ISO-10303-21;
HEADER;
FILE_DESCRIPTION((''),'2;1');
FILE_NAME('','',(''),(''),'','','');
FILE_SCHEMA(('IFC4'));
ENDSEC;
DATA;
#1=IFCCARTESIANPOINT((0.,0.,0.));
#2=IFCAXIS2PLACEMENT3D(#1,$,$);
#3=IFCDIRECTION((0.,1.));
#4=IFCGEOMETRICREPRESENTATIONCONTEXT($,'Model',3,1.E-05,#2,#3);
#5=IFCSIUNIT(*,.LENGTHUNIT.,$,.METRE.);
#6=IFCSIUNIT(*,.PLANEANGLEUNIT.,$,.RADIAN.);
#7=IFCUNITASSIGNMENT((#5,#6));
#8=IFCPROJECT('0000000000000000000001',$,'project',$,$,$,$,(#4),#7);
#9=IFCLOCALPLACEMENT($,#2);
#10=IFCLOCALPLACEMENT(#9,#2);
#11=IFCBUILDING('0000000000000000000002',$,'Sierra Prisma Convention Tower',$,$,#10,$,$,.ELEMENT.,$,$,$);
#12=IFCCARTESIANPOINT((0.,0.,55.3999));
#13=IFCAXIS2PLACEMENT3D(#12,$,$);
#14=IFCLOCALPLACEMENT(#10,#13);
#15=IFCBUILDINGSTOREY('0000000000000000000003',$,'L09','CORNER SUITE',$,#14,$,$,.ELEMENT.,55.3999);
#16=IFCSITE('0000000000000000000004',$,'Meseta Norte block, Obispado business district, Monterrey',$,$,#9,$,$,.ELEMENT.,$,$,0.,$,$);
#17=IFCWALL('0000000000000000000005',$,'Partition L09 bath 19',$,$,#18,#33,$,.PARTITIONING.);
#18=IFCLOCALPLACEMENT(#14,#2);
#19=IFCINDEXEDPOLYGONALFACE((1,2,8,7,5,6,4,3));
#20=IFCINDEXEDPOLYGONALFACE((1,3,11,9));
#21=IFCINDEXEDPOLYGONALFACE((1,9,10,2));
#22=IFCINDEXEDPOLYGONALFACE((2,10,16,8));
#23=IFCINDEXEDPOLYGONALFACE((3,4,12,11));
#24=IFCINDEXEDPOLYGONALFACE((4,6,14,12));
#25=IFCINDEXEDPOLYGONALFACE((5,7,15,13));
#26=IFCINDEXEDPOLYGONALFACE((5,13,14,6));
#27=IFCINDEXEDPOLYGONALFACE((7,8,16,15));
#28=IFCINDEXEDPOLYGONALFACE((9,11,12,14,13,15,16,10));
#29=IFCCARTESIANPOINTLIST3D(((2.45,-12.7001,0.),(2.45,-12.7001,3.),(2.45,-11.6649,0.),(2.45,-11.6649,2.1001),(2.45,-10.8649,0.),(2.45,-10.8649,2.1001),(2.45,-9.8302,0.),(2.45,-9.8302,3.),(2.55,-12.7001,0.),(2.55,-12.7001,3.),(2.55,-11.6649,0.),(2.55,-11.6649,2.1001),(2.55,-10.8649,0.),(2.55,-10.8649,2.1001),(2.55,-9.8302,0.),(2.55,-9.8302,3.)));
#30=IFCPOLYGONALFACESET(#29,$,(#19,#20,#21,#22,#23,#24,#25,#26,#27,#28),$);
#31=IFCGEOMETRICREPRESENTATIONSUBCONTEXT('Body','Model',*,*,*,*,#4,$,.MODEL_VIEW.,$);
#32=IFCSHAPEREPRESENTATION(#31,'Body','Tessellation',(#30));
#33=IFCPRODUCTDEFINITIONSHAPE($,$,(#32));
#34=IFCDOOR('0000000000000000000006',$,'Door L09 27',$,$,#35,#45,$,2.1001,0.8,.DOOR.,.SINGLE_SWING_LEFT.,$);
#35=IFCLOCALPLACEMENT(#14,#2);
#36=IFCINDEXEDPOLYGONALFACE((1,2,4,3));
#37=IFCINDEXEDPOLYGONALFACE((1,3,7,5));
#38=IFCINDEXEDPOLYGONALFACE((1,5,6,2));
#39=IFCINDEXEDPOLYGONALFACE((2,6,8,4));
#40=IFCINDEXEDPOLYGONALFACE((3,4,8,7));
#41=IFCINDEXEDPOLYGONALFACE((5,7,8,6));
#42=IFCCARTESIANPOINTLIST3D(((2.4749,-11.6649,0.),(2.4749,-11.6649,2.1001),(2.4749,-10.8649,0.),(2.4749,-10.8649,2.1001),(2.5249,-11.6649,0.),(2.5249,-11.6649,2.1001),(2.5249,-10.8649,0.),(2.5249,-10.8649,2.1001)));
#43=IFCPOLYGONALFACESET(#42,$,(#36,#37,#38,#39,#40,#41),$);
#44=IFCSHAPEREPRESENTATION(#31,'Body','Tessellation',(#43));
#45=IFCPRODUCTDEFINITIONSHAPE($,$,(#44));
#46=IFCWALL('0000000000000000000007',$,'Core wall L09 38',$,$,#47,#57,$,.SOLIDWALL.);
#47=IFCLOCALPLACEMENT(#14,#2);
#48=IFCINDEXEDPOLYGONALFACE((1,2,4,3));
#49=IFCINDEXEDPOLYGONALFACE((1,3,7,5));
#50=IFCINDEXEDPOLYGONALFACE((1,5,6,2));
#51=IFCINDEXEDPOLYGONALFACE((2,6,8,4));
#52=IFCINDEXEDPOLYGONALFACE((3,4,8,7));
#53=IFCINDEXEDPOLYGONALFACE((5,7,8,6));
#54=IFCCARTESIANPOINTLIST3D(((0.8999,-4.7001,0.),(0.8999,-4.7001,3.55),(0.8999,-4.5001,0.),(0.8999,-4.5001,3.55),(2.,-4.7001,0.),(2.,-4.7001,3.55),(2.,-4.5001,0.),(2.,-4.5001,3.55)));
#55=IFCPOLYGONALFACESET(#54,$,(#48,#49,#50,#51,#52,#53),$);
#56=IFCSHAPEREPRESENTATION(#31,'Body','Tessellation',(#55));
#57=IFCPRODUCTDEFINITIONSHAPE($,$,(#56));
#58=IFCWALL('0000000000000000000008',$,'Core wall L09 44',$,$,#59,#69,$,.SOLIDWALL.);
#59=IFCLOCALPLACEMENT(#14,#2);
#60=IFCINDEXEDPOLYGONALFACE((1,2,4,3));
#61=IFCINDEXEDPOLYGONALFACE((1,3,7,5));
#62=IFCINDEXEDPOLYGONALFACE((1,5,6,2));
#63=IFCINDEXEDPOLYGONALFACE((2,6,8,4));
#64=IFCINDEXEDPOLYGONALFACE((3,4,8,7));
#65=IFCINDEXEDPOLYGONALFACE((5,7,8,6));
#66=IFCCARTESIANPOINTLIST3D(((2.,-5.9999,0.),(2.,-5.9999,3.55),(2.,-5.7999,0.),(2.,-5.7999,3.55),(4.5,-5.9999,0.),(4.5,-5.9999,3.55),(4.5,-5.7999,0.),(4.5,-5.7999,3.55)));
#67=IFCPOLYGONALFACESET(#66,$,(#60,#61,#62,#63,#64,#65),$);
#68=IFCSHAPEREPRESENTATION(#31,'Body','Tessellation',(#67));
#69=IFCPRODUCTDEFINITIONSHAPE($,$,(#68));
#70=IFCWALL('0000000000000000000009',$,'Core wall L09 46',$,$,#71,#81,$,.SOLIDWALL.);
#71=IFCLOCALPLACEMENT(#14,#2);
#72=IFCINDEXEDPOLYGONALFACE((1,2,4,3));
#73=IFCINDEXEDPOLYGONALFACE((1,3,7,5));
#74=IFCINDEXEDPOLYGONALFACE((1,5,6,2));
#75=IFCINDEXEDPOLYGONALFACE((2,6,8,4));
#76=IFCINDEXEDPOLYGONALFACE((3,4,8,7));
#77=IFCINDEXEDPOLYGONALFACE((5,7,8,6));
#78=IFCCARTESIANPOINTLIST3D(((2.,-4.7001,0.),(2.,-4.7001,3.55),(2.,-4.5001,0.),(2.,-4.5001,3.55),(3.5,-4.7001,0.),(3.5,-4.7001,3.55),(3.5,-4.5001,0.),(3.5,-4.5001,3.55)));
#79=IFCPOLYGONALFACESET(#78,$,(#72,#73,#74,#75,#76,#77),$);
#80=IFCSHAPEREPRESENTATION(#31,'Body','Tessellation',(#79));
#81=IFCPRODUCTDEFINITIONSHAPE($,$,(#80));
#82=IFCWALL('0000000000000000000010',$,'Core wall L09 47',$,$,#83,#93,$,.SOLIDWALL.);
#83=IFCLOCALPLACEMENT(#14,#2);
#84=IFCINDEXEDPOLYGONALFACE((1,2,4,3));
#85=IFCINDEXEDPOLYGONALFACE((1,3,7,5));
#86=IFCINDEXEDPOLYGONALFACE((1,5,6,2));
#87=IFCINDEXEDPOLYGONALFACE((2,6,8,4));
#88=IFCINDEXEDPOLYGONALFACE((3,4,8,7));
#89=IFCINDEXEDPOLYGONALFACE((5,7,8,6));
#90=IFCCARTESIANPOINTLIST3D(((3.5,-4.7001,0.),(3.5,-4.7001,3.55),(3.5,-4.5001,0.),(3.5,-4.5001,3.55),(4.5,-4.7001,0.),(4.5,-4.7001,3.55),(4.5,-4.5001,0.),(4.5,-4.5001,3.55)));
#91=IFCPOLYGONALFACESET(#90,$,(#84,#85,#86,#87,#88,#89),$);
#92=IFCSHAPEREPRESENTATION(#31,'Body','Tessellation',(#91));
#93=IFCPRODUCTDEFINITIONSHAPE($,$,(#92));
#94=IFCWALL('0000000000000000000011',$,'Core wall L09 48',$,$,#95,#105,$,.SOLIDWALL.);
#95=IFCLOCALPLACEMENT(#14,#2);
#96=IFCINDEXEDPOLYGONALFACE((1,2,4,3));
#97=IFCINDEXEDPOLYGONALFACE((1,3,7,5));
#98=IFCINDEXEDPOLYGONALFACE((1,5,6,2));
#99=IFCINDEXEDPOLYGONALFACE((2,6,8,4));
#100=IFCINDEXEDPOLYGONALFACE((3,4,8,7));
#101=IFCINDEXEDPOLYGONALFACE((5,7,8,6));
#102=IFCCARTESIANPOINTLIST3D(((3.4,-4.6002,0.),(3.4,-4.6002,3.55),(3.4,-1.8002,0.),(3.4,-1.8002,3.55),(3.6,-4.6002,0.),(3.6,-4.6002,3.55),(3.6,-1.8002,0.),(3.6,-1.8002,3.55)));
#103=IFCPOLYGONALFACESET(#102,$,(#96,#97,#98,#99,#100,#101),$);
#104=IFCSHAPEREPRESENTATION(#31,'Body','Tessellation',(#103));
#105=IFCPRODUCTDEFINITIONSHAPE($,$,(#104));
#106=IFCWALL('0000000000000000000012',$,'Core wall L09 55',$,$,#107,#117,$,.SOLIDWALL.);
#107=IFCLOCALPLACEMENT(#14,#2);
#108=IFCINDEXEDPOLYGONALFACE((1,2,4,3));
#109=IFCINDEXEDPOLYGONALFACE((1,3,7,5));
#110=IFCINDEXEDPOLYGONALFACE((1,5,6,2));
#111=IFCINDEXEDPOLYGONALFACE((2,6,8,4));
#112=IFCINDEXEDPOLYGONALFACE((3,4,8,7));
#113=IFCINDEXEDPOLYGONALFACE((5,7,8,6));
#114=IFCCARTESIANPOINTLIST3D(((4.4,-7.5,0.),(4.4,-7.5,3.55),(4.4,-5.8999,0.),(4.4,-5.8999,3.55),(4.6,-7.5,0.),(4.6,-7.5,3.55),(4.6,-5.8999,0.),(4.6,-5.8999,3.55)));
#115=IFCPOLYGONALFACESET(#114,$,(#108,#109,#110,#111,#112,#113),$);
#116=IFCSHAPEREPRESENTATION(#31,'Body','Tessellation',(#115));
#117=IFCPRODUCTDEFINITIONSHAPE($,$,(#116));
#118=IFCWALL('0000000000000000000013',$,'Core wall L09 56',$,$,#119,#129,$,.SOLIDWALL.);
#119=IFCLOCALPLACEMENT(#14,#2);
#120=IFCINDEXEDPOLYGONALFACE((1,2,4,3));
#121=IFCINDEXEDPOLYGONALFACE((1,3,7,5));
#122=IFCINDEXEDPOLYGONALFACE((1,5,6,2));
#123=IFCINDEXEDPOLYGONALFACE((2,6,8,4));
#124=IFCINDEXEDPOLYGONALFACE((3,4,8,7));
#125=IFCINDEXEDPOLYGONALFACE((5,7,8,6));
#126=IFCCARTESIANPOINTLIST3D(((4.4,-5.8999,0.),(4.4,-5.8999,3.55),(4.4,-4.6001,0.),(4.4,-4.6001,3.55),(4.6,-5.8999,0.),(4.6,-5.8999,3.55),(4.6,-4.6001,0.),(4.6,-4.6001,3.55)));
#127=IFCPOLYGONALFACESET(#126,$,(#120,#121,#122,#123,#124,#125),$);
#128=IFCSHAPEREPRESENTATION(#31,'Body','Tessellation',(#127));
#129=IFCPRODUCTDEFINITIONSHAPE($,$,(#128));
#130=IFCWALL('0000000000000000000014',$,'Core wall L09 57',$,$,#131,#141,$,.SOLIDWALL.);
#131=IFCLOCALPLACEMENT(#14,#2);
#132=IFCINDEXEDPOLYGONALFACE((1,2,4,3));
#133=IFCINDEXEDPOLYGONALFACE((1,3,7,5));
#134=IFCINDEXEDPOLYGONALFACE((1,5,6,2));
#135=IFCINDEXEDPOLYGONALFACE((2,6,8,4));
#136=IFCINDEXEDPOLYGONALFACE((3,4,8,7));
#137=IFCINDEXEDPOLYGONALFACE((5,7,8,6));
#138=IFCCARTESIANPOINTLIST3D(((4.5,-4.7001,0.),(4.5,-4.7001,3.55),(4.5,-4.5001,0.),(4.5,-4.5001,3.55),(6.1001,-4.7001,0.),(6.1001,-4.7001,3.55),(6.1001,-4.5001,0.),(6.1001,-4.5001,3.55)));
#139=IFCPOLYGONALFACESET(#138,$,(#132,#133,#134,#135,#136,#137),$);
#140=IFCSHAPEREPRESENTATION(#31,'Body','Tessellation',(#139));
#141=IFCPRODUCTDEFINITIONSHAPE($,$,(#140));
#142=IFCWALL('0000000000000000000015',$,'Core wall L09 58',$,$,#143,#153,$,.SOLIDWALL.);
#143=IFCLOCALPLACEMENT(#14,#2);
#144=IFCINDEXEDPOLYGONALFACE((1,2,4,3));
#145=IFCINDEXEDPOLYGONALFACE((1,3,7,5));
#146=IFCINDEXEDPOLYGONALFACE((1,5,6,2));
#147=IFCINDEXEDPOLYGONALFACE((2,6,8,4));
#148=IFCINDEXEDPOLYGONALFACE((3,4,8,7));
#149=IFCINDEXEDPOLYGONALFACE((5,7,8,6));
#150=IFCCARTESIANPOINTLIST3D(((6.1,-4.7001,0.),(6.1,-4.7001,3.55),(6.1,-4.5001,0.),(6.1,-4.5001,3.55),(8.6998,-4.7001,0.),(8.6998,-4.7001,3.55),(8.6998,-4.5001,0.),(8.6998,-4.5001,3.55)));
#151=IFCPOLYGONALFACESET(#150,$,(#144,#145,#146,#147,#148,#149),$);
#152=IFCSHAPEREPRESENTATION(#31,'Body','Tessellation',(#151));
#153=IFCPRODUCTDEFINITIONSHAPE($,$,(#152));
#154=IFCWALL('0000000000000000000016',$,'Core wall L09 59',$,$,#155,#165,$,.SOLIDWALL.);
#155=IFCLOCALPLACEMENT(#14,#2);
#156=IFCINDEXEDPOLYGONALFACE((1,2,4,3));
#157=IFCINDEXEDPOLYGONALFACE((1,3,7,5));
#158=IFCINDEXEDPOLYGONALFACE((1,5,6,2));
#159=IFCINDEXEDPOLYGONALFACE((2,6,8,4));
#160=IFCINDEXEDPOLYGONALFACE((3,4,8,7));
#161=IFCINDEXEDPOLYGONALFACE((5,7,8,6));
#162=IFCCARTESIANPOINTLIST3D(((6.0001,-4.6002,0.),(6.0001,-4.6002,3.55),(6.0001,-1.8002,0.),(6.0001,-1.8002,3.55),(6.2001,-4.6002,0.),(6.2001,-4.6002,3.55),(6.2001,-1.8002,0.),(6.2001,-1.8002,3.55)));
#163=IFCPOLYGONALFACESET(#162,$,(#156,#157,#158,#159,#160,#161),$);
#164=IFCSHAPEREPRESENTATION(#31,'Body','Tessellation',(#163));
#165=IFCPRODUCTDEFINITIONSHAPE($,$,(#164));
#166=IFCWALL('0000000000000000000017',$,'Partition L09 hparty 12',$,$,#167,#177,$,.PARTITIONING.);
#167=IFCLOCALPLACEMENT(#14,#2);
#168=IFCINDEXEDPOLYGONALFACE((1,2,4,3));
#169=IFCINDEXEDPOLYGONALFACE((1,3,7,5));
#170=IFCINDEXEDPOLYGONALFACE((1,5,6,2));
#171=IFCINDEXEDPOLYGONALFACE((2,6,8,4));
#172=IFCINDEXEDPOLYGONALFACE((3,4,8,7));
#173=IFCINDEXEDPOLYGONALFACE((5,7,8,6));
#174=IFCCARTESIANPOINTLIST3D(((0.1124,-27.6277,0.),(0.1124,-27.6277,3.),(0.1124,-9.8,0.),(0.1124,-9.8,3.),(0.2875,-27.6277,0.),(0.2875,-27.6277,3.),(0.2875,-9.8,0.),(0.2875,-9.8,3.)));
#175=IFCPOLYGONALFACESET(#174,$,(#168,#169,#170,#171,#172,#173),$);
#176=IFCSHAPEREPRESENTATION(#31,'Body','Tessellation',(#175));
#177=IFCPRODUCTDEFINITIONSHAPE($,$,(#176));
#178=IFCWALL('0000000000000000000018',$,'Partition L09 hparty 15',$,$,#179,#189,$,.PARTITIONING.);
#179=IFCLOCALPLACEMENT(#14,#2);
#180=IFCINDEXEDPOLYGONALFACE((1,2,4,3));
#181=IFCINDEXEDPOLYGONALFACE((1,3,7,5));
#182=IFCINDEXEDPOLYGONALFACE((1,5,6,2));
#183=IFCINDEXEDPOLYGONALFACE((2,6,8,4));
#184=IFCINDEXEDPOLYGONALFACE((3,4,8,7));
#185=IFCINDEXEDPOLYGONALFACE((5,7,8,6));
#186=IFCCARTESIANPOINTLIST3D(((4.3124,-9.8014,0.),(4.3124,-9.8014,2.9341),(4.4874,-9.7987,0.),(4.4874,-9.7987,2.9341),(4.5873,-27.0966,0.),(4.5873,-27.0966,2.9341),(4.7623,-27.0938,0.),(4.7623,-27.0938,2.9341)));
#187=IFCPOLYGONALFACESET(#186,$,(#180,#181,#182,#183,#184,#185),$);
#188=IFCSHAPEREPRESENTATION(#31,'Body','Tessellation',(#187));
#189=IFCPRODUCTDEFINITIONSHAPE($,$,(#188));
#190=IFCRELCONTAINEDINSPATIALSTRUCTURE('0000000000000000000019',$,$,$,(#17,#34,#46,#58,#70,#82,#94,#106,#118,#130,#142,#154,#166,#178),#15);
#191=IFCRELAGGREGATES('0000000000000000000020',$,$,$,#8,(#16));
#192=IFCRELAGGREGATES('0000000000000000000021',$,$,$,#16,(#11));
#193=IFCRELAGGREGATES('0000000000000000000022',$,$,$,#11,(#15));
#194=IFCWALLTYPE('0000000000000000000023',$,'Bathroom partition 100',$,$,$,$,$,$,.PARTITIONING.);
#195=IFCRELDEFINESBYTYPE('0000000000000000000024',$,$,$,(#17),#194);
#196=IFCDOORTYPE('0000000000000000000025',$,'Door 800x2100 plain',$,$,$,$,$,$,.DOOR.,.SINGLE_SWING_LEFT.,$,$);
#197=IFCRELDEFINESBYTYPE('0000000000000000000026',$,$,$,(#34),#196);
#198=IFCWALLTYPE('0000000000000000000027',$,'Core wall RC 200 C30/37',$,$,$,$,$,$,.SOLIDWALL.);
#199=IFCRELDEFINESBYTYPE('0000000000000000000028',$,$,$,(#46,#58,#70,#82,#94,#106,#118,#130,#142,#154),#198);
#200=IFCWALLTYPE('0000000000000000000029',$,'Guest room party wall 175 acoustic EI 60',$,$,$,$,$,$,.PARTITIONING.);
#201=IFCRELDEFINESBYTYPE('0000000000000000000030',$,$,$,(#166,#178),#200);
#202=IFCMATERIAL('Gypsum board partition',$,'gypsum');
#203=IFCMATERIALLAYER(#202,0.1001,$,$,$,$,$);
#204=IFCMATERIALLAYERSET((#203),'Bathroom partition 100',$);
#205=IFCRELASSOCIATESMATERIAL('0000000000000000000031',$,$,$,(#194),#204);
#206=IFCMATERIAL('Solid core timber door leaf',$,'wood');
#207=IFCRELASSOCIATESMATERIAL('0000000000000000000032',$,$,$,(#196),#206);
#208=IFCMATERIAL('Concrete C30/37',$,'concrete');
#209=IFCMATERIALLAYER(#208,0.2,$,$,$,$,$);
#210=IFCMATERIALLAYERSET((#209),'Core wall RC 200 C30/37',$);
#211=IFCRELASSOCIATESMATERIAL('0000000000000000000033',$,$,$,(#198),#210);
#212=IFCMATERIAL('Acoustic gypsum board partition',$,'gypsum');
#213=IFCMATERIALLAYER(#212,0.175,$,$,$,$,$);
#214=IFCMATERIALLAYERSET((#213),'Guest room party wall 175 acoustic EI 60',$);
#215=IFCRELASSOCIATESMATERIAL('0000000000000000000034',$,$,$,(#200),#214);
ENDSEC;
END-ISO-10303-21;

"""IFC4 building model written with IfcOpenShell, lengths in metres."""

from ifc_helpers import new_model, si_unit, direction, frame, frame_2d, origin, place, context, subcontext, project, spatial, rectangle, extrude, material, layer, layer_set, type_object, element, fill, save


model = new_model("IFC4")

# Units and contexts
model_context = context("Model", 3, precision=1e-05, world=origin(), true_north=direction((0.0, 1.0)))
body_context = subcontext(model_context, "Body", "Model", "MODEL_VIEW")
ifc_project = project(units=[si_unit("LENGTHUNIT", "METRE"), si_unit("PLANEANGLEUNIT", "RADIAN")], contexts=[model_context])

# Site, building, storey
site_placement = place(None, origin())
site = spatial("IfcSite", under=ifc_project, at=site_placement, Name="Meseta Norte block, Obispado business district, Monterrey", CompositionType="ELEMENT", RefElevation=0.0)
building_placement = place(site_placement, origin())
building = spatial("IfcBuilding", under=site, at=building_placement, Name="Sierra Prisma Convention Tower", CompositionType="ELEMENT")
storey_placement = place(building_placement, frame((0.0, 0.0, 55.3999)))
storey = spatial("IfcBuildingStorey", under=building, at=storey_placement, Name="L09", Description="CORNER SUITE", CompositionType="ELEMENT", Elevation=55.3999)

# Wall, opening, door
ifc_material_1 = material(Name="Gypsum board partition", Category="gypsum")
ifc_layer_1 = layer(ifc_material_1, 0.1001)
ifc_layer_set_1 = layer_set([ifc_layer_1], Name="Bathroom partition 100")
wall_type_1 = type_object("IfcWallType", Name="Bathroom partition 100", PredefinedType="PARTITIONING", material=ifc_layer_set_1)
wall_1_placement = place(storey_placement, frame((2.5, -9.8301, 0.0), z_axis=(0.0, 0.0, 1.0), x_axis=(0.0, -1.0, 0.0)))
wall_1 = element("IfcWall", 1, at=wall_1_placement, inside=storey, type_object=wall_type_1, Name="Partition L09 bath 19", PredefinedType="PARTITIONING", context=body_context, shape_type="SweptSolid", body=[
    extrude(rectangle(XDim=2.8699, YDim=0.1001, at=frame_2d((1.4351, 0.0))), origin(), (0.0, 0.0, 1.0), 3.0),
])
opening_1_placement = place(wall_1_placement, frame((1.0349, 0.0, 0.0)))
opening_1 = element("IfcOpeningElement", 2, at=opening_1_placement, cuts=wall_1, PredefinedType="OPENING", context=body_context, shape_type="SweptSolid", body=[
    extrude(rectangle(XDim=0.8, YDim=2.1001, at=frame_2d((0.3999, 1.05))), frame((0.0, 0.05, 0.0), z_axis=(0.0, -1.0, 0.0), x_axis=(1.0, 0.0, 0.0)), (0.0, 0.0, 1.0), 0.1001),
])
ifc_material_2 = material(Name="Solid core timber door leaf", Category="wood")
door_type_1 = type_object("IfcDoorType", Name="Door 800x2100 plain", OperationType="SINGLE_SWING_LEFT", PredefinedType="DOOR", material=ifc_material_2)
door_1_placement = place(opening_1_placement, origin())
door_1 = element("IfcDoor", 3, at=door_1_placement, inside=storey, type_object=door_type_1, Name="Door L09 27", OperationType="SINGLE_SWING_LEFT", OverallHeight=2.1001, OverallWidth=0.8, PredefinedType="DOOR", context=body_context, shape_type="SweptSolid", body=[
    extrude(rectangle(XDim=0.8, YDim=2.1001, at=frame_2d((0.3999, 1.05))), frame((0.0, 0.0249, 0.0), z_axis=(0.0, -1.0, 0.0), x_axis=(1.0, 0.0, 0.0)), (0.0, 0.0, 1.0), 0.05),
])
fill(opening_1, door_1)

# Wall
ifc_material_3 = material(Name="Concrete C30/37", Category="concrete")
ifc_layer_2 = layer(ifc_material_3, 0.2)
ifc_layer_set_2 = layer_set([ifc_layer_2], Name="Core wall RC 200 C30/37")
wall_type_2 = type_object("IfcWallType", Name="Core wall RC 200 C30/37", PredefinedType="SOLIDWALL", material=ifc_layer_set_2)
wall_2_placement = place(storey_placement, frame((0.8999, -4.6001, 0.0), z_axis=(0.0, 0.0, 1.0), x_axis=(1.0, 0.0, 0.0)))
element("IfcWall", 4, at=wall_2_placement, inside=storey, type_object=wall_type_2, Name="Core wall L09 38", PredefinedType="SOLIDWALL", context=body_context, shape_type="SweptSolid", body=[
    extrude(rectangle(XDim=1.1001, YDim=0.2, at=frame_2d((0.55, 0.0))), origin(), (0.0, 0.0, 1.0), 3.55),
])

# Wall
wall_3_placement = place(storey_placement, frame((4.5, -5.8999, 0.0), z_axis=(0.0, 0.0, 1.0), x_axis=(-1.0, 0.0, 0.0)))
element("IfcWall", 5, at=wall_3_placement, inside=storey, type_object=wall_type_2, Name="Core wall L09 44", PredefinedType="SOLIDWALL", context=body_context, shape_type="SweptSolid", body=[
    extrude(rectangle(XDim=2.5, YDim=0.2, at=frame_2d((1.25, 0.0))), origin(), (0.0, 0.0, 1.0), 3.55),
])

# Walls
wall_4_placement = place(storey_placement, frame((3.5, -4.6001, 0.0), z_axis=(0.0, 0.0, 1.0), x_axis=(-1.0, 0.0, 0.0)))
element("IfcWall", 6, at=wall_4_placement, inside=storey, type_object=wall_type_2, Name="Core wall L09 46", PredefinedType="SOLIDWALL", context=body_context, shape_type="SweptSolid", body=[
    extrude(rectangle(XDim=1.5, YDim=0.2, at=frame_2d((0.75, 0.0))), origin(), (0.0, 0.0, 1.0), 3.55),
])
wall_5_placement = place(storey_placement, frame((4.5, -4.6001, 0.0), z_axis=(0.0, 0.0, 1.0), x_axis=(-1.0, 0.0, 0.0)))
element("IfcWall", 7, at=wall_5_placement, inside=storey, type_object=wall_type_2, Name="Core wall L09 47", PredefinedType="SOLIDWALL", context=body_context, shape_type="SweptSolid", body=[
    extrude(rectangle(XDim=1.0, YDim=0.2, at=frame_2d((0.5, 0.0))), origin(), (0.0, 0.0, 1.0), 3.55),
])
wall_6_placement = place(storey_placement, frame((3.5, -4.6001, 0.0), z_axis=(0.0, 0.0, 1.0), x_axis=(0.0, 1.0, 0.0)))
element("IfcWall", 8, at=wall_6_placement, inside=storey, type_object=wall_type_2, Name="Core wall L09 48", PredefinedType="SOLIDWALL", context=body_context, shape_type="SweptSolid", body=[
    extrude(rectangle(XDim=2.8, YDim=0.2, at=frame_2d((1.3999, 0.0))), origin(), (0.0, 0.0, 1.0), 3.55),
])
wall_7_placement = place(storey_placement, frame((4.5, -7.5, 0.0), z_axis=(0.0, 0.0, 1.0), x_axis=(0.0, 1.0, 0.0)))
element("IfcWall", 9, at=wall_7_placement, inside=storey, type_object=wall_type_2, Name="Core wall L09 55", PredefinedType="SOLIDWALL", context=body_context, shape_type="SweptSolid", body=[
    extrude(rectangle(XDim=1.6001, YDim=0.2, at=frame_2d((0.8, 0.0))), origin(), (0.0, 0.0, 1.0), 3.55),
])
wall_8_placement = place(storey_placement, frame((4.5, -5.8999, 0.0), z_axis=(0.0, 0.0, 1.0), x_axis=(0.0, 1.0, 0.0)))
element("IfcWall", 10, at=wall_8_placement, inside=storey, type_object=wall_type_2, Name="Core wall L09 56", PredefinedType="SOLIDWALL", context=body_context, shape_type="SweptSolid", body=[
    extrude(rectangle(XDim=1.2998, YDim=0.2, at=frame_2d((0.6499, 0.0))), origin(), (0.0, 0.0, 1.0), 3.55),
])
wall_9_placement = place(storey_placement, frame((4.5, -4.6001, 0.0), z_axis=(0.0, 0.0, 1.0), x_axis=(1.0, 0.0, 0.0)))
element("IfcWall", 11, at=wall_9_placement, inside=storey, type_object=wall_type_2, Name="Core wall L09 57", PredefinedType="SOLIDWALL", context=body_context, shape_type="SweptSolid", body=[
    extrude(rectangle(XDim=1.6001, YDim=0.2, at=frame_2d((0.8, 0.0))), origin(), (0.0, 0.0, 1.0), 3.55),
])
wall_10_placement = place(storey_placement, frame((6.1001, -4.6001, 0.0), z_axis=(0.0, 0.0, 1.0), x_axis=(1.0, 0.0, 0.0)))
element("IfcWall", 12, at=wall_10_placement, inside=storey, type_object=wall_type_2, Name="Core wall L09 58", PredefinedType="SOLIDWALL", context=body_context, shape_type="SweptSolid", body=[
    extrude(rectangle(XDim=2.5999, YDim=0.2, at=frame_2d((1.2998, 0.0))), origin(), (0.0, 0.0, 1.0), 3.55),
])
wall_11_placement = place(storey_placement, frame((6.1001, -4.6001, 0.0), z_axis=(0.0, 0.0, 1.0), x_axis=(0.0, 1.0, 0.0)))
element("IfcWall", 13, at=wall_11_placement, inside=storey, type_object=wall_type_2, Name="Core wall L09 59", PredefinedType="SOLIDWALL", context=body_context, shape_type="SweptSolid", body=[
    extrude(rectangle(XDim=2.8, YDim=0.2, at=frame_2d((1.3999, 0.0))), origin(), (0.0, 0.0, 1.0), 3.55),
])
ifc_material_4 = material(Name="Acoustic gypsum board partition", Category="gypsum")
ifc_layer_3 = layer(ifc_material_4, 0.175)
ifc_layer_set_3 = layer_set([ifc_layer_3], Name="Guest room party wall 175 acoustic EI 60")
wall_type_3 = type_object("IfcWallType", Name="Guest room party wall 175 acoustic EI 60", PredefinedType="PARTITIONING", material=ifc_layer_set_3)
wall_12_placement = place(storey_placement, frame((0.2, -9.8, 0.0), z_axis=(0.0, 0.0, 1.0), x_axis=(0.0, -1.0, 0.0)))
element("IfcWall", 14, at=wall_12_placement, inside=storey, type_object=wall_type_3, Name="Partition L09 hparty 12", PredefinedType="PARTITIONING", context=body_context, shape_type="SweptSolid", body=[
    extrude(rectangle(XDim=17.8276, YDim=0.175, at=frame_2d((8.9138, 0.0))), origin(), (0.0, 0.0, 1.0), 3.0),
])
wall_13_placement = place(storey_placement, frame((4.3999, -9.8, 0.0), z_axis=(0.0, 0.0, 1.0), x_axis=(0.015893, -0.999874, 0.0)))
element("IfcWall", 15, at=wall_13_placement, inside=storey, type_object=wall_type_3, Name="Partition L09 hparty 15", PredefinedType="PARTITIONING", context=body_context, shape_type="SweptSolid", body=[
    extrude(rectangle(XDim=17.2974, YDim=0.175, at=frame_2d((8.6487, 0.0))), origin(), (0.0, 0.0, 1.0), 2.9341),
])

save(model, "model.ifc")
